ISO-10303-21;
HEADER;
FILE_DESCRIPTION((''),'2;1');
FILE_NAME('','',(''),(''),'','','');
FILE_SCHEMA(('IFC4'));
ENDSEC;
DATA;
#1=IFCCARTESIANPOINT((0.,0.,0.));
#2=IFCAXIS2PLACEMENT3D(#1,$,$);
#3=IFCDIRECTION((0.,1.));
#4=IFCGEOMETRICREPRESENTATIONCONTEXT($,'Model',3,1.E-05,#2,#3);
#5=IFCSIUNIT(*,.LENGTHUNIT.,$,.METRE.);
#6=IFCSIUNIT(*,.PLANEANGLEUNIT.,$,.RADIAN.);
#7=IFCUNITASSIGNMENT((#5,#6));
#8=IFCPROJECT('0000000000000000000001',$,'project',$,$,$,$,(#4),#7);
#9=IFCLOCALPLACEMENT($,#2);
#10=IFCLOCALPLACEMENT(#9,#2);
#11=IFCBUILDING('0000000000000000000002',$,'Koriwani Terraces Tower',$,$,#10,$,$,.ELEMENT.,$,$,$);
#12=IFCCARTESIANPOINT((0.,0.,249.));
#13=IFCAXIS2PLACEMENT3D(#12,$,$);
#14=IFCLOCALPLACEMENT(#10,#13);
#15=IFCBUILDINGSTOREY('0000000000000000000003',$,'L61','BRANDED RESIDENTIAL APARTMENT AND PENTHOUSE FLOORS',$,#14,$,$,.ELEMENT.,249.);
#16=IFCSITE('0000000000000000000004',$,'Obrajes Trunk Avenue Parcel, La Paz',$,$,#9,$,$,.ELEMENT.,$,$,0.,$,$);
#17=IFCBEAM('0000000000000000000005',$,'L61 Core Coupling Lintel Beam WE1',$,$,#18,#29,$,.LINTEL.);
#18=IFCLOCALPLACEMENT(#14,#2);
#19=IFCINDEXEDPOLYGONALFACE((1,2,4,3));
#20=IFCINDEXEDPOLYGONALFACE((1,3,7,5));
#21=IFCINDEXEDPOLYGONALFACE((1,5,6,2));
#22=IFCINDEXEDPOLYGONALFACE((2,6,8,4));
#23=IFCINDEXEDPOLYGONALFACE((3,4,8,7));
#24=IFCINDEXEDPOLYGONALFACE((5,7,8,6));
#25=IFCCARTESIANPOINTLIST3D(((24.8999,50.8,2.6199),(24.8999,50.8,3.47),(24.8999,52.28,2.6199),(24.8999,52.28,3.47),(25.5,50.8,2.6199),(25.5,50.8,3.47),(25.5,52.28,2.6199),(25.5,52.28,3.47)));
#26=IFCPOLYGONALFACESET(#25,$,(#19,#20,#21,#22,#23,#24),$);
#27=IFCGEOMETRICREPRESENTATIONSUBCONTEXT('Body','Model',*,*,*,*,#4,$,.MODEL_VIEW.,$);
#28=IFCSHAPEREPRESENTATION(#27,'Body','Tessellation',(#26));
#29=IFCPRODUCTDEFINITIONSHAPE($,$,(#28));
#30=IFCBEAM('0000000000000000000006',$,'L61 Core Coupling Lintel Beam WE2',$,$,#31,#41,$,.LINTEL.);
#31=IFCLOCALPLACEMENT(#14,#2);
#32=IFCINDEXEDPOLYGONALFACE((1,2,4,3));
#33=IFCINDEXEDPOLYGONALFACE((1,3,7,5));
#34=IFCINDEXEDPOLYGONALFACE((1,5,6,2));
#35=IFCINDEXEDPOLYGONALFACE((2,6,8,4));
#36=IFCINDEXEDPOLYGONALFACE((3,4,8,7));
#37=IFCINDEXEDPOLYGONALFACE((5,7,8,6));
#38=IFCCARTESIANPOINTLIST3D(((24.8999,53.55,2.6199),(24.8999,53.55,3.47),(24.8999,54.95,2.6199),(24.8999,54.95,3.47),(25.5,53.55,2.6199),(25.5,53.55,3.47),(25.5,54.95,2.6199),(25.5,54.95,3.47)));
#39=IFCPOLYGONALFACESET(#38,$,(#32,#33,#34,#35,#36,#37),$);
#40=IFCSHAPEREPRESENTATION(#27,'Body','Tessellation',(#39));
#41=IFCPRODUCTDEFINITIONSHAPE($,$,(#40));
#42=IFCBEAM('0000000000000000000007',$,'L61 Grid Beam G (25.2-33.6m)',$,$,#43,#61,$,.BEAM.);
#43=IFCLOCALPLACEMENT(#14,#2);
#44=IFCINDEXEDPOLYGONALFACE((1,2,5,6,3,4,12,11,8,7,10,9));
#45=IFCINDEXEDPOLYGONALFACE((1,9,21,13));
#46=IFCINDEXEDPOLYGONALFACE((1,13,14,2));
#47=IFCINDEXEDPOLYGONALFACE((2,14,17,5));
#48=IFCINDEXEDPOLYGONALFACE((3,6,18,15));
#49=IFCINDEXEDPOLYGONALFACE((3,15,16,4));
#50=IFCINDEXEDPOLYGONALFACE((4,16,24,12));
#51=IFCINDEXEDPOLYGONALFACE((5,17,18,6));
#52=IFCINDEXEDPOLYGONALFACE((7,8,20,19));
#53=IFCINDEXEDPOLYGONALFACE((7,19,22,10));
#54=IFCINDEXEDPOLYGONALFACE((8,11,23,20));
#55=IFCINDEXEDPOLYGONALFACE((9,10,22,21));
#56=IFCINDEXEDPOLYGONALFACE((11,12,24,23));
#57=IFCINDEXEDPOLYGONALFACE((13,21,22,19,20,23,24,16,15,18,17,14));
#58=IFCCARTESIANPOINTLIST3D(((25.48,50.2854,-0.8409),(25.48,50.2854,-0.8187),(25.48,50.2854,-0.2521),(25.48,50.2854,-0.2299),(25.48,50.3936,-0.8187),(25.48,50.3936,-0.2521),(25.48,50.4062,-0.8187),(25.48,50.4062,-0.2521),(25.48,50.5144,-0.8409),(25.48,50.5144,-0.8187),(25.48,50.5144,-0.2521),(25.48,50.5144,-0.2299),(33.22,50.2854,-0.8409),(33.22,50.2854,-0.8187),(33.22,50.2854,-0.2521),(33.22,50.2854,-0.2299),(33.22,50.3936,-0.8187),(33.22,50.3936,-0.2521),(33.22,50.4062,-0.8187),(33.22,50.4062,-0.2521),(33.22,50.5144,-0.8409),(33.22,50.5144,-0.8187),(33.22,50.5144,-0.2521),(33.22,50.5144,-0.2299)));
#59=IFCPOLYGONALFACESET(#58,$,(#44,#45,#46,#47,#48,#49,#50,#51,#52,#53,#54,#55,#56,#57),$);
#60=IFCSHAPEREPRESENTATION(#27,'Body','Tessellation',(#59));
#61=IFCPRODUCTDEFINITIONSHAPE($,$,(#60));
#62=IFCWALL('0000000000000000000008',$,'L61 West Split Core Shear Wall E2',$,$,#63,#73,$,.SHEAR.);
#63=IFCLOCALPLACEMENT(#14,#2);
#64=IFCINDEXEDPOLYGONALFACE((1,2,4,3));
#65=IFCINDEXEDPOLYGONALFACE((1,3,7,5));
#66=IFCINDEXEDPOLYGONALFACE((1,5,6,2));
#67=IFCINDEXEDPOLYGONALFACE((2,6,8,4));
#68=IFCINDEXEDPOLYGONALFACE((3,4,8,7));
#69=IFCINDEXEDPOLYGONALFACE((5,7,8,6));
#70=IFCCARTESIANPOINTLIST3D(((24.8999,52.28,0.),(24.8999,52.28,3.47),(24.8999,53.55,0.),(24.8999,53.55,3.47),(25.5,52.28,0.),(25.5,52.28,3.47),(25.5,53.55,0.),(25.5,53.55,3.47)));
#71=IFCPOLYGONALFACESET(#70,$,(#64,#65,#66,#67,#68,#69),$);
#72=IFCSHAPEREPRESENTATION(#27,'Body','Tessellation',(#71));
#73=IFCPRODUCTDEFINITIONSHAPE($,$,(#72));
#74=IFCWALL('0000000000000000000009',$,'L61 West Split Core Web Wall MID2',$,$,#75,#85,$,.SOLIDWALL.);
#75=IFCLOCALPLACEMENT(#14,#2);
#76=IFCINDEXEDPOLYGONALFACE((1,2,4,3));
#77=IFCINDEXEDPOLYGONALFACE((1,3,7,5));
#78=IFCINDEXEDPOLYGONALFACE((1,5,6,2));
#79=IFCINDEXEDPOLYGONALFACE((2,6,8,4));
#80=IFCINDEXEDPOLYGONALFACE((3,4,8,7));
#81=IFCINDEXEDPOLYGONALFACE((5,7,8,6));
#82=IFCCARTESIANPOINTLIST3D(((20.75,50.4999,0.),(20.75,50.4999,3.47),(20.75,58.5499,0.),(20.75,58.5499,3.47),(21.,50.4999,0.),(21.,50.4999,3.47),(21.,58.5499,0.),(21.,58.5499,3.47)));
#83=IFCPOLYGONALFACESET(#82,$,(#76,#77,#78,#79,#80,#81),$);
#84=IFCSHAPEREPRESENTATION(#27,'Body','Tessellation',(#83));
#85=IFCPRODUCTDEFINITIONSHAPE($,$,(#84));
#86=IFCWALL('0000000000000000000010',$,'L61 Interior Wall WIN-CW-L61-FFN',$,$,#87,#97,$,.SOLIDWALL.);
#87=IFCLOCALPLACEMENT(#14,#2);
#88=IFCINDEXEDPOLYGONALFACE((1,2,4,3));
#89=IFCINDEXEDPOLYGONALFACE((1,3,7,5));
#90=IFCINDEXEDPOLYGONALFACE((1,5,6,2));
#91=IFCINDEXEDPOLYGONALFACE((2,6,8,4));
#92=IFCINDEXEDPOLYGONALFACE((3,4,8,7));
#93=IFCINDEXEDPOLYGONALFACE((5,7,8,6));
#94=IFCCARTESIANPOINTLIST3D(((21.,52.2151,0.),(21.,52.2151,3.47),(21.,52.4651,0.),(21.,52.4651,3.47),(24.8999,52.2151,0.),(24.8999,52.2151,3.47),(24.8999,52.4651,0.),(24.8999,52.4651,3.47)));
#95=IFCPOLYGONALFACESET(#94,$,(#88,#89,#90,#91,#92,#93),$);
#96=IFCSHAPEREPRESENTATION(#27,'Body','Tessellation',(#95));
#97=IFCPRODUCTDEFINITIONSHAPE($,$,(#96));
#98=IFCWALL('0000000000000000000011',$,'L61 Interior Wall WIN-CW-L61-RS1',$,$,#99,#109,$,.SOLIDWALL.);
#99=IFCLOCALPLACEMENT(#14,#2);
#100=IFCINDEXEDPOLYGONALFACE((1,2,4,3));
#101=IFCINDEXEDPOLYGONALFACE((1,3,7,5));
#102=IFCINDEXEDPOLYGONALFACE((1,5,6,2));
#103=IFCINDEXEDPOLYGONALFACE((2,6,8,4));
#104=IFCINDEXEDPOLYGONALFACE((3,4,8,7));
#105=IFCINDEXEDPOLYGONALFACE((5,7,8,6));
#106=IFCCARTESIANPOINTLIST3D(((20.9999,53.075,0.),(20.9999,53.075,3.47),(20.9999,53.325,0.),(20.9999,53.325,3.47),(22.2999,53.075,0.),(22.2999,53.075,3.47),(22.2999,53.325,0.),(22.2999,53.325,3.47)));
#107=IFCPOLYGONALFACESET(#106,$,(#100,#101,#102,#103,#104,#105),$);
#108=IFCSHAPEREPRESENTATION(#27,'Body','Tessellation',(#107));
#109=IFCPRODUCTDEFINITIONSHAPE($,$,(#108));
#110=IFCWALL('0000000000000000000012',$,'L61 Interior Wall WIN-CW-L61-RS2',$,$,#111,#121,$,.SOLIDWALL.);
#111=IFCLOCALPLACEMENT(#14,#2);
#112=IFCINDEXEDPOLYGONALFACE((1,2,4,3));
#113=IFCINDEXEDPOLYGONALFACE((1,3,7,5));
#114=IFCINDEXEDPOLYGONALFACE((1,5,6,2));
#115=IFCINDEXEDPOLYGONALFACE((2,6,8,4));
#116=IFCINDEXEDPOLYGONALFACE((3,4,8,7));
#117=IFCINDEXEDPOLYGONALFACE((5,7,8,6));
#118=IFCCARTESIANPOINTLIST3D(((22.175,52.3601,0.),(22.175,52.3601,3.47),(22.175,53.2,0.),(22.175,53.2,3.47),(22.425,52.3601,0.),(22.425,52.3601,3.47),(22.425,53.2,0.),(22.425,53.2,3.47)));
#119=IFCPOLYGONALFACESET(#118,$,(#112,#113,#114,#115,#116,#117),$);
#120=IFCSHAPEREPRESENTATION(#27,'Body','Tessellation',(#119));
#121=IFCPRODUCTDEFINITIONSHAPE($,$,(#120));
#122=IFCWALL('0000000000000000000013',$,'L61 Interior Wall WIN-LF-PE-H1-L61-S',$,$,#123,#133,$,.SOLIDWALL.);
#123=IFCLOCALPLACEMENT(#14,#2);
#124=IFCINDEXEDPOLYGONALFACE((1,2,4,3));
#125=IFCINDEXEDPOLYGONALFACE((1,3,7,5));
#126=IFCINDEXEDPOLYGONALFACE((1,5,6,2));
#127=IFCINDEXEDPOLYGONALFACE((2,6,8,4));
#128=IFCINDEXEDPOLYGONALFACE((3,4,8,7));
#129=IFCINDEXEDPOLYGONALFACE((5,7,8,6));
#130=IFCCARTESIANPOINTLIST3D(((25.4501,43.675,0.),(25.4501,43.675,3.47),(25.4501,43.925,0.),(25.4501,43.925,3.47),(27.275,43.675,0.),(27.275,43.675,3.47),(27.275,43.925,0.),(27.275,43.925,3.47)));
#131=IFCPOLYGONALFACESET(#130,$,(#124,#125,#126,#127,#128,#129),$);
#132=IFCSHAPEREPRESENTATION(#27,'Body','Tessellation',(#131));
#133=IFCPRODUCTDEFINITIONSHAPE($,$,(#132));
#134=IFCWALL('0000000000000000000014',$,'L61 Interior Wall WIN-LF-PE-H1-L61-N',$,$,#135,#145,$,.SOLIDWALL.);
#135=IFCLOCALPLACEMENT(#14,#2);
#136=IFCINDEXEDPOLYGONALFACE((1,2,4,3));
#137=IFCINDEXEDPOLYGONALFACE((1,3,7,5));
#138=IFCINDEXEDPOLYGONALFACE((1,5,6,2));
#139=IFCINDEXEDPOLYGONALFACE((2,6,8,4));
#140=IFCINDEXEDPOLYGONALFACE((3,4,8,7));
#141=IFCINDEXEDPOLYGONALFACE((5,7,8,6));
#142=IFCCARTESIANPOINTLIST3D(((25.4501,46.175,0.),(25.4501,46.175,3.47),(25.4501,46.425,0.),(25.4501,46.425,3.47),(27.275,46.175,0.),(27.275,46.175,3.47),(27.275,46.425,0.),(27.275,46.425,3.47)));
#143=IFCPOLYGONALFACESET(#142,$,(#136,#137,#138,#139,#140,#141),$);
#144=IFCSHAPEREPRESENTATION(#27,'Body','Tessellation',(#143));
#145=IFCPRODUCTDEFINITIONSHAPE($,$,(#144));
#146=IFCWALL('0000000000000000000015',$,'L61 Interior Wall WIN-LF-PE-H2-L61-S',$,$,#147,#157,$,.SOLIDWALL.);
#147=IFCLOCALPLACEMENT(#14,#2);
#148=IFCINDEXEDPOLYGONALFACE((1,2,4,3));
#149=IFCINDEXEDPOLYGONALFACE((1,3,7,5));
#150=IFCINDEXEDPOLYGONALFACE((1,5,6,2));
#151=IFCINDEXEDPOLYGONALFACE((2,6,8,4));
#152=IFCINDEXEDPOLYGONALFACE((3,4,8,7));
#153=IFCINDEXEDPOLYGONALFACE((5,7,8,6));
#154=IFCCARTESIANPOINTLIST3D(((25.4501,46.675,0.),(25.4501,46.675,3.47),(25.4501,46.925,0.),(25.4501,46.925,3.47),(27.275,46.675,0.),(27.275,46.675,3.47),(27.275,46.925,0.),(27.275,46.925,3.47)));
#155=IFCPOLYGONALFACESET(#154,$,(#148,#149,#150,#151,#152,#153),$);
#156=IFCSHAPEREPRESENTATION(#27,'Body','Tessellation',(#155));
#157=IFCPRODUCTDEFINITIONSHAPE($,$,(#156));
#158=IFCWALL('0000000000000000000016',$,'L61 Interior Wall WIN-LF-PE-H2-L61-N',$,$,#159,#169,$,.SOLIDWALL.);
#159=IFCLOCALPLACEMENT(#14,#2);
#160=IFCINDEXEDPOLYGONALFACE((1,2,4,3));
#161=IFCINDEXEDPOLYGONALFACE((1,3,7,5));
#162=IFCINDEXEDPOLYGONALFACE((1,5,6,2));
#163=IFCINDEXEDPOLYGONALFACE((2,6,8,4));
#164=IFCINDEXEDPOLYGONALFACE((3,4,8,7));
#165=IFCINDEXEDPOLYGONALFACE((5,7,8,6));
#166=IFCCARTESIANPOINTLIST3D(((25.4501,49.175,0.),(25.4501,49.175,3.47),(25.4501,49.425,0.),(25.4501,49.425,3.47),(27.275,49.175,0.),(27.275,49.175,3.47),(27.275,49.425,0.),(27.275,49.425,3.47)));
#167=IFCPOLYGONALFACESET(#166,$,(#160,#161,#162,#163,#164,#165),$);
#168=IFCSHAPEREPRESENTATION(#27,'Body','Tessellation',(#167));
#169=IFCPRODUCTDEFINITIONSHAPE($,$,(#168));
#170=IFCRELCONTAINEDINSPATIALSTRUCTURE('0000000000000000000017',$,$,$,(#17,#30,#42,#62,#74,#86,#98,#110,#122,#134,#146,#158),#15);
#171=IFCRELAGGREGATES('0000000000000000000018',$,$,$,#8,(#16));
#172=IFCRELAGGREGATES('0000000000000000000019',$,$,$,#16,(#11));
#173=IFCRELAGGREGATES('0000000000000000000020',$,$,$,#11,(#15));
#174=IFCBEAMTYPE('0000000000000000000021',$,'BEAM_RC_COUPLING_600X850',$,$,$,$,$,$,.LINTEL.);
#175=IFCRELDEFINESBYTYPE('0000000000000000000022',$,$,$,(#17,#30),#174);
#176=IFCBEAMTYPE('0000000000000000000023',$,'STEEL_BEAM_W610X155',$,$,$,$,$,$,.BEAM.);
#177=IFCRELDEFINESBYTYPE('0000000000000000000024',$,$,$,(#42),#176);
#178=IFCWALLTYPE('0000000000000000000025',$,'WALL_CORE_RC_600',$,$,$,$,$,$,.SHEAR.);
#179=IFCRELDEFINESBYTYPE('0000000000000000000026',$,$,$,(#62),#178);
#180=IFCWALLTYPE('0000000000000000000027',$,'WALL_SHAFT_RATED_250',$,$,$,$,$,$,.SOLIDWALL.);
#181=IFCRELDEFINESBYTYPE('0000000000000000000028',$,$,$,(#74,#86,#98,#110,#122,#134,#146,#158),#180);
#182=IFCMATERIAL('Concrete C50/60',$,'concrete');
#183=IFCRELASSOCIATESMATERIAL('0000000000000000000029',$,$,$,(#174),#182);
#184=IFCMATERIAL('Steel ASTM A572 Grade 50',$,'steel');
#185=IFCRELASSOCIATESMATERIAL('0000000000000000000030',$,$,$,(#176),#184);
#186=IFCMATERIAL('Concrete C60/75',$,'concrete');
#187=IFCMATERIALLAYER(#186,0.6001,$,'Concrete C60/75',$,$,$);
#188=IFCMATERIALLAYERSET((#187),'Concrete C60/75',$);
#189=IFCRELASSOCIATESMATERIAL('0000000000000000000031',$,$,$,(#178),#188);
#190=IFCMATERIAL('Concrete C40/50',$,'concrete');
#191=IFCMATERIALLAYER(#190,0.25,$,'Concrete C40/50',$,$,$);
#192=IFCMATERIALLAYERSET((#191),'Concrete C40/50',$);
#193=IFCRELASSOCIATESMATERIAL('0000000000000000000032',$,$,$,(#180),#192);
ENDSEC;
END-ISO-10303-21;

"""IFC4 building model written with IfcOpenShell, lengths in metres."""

from ifc_helpers import new_model, si_unit, direction, frame, frame_2d, origin, origin_2d, place, context, subcontext, project, spatial, rectangle, i_section, extrude, material, layer, layer_set, material_profile, profile_set, type_object, element, save


model = new_model("IFC4")

# Units and contexts
model_context = context("Model", 3, precision=1e-05, world=origin(), true_north=direction((0.0, 1.0)))
body_context = subcontext(model_context, "Body", "Model", "MODEL_VIEW")
ifc_project = project(units=[si_unit("LENGTHUNIT", "METRE"), si_unit("PLANEANGLEUNIT", "RADIAN")], contexts=[model_context])

# Site, building, storey
site_placement = place(None, origin())
site = spatial("IfcSite", under=ifc_project, at=site_placement, Name="Obrajes Trunk Avenue Parcel, La Paz", CompositionType="ELEMENT", RefElevation=0.0)
building_placement = place(site_placement, origin())
building = spatial("IfcBuilding", under=site, at=building_placement, Name="Koriwani Terraces Tower", CompositionType="ELEMENT")
storey_placement = place(building_placement, frame((0.0, 0.0, 249.0)))
storey = spatial("IfcBuildingStorey", under=building, at=storey_placement, Name="L61", Description="BRANDED RESIDENTIAL APARTMENT AND PENTHOUSE FLOORS", CompositionType="ELEMENT", Elevation=249.0)

# Beams
ifc_material_1 = material(Name="Concrete C50/60", Category="concrete")
ifc_material_profile_1 = material_profile(ifc_material_1, rectangle(XDim=0.6001, YDim=0.8501, at=origin_2d()), Name="Concrete C50/60", Category="LoadBearing")
ifc_profile_set_1 = profile_set([ifc_material_profile_1], Name="Concrete C50/60")
beam_type_1 = type_object("IfcBeamType", Name="BEAM_RC_COUPLING_600X850", PredefinedType="LINTEL", material=ifc_profile_set_1)
beam_1_placement = place(storey_placement, frame((25.2, 50.8, 3.0449), z_axis=(0.0, 1.0, 0.0), x_axis=(-1.0, 0.0, 0.0)))
element("IfcBeam", 1, at=beam_1_placement, inside=storey, type_object=beam_type_1, Name="L61 Core Coupling Lintel Beam WE1", PredefinedType="LINTEL", context=body_context, shape_type="SweptSolid", body=[
    extrude(rectangle(XDim=0.6001, YDim=0.8501, at=origin_2d()), origin(), (0.0, 0.0, 1.0), 1.48),
])
beam_2_placement = place(storey_placement, frame((25.2, 53.55, 3.0449), z_axis=(0.0, 1.0, 0.0), x_axis=(-1.0, 0.0, 0.0)))
element("IfcBeam", 2, at=beam_2_placement, inside=storey, type_object=beam_type_1, Name="L61 Core Coupling Lintel Beam WE2", PredefinedType="LINTEL", context=body_context, shape_type="SweptSolid", body=[
    extrude(rectangle(XDim=0.6001, YDim=0.8501, at=origin_2d()), origin(), (0.0, 0.0, 1.0), 1.3999),
])
ifc_material_2 = material(Name="Steel ASTM A572 Grade 50", Category="steel")
ifc_material_profile_2 = material_profile(ifc_material_2, i_section(OverallWidth=0.229, OverallDepth=0.6111, WebThickness=0.0127, FlangeThickness=0.0222, at=origin_2d()), Name="Steel ASTM A572 Grade 50", Category="LoadBearing")
ifc_profile_set_2 = profile_set([ifc_material_profile_2], Name="Steel ASTM A572 Grade 50")
beam_type_2 = type_object("IfcBeamType", Name="STEEL_BEAM_W610X155", PredefinedType="BEAM", material=ifc_profile_set_2)
beam_3_placement = place(storey_placement, frame((25.48, 50.3999, -0.5354), z_axis=(1.0, 0.0, 0.0), x_axis=(0.0, 1.0, 0.0)))
element("IfcBeam", 3, at=beam_3_placement, inside=storey, type_object=beam_type_2, Name="L61 Grid Beam G (25.2-33.6m)", PredefinedType="BEAM", context=body_context, shape_type="SweptSolid", body=[
    extrude(i_section(OverallWidth=0.229, OverallDepth=0.6111, WebThickness=0.0127, FlangeThickness=0.0222, at=origin_2d()), origin(), (0.0, 0.0, 1.0), 7.74),
])

# Walls
ifc_material_3 = material(Name="Concrete C60/75", Category="concrete")
ifc_layer_1 = layer(ifc_material_3, 0.6001, Name="Concrete C60/75")
ifc_layer_set_1 = layer_set([ifc_layer_1], Name="Concrete C60/75")
wall_type_1 = type_object("IfcWallType", Name="WALL_CORE_RC_600", PredefinedType="SHEAR", material=ifc_layer_set_1)
wall_1_placement = place(storey_placement, frame((25.2, 52.28, 0.0), z_axis=(0.0, 0.0, 1.0), x_axis=(0.0, 1.0, 0.0)))
element("IfcWall", 4, at=wall_1_placement, inside=storey, type_object=wall_type_1, Name="L61 West Split Core Shear Wall E2", PredefinedType="SHEAR", context=body_context, shape_type="SweptSolid", body=[
    extrude(rectangle(XDim=1.27, YDim=0.6001, at=frame_2d((0.635, 0.0))), origin(), (0.0, 0.0, 1.0), 3.47),
])
ifc_material_4 = material(Name="Concrete C40/50", Category="concrete")
ifc_layer_2 = layer(ifc_material_4, 0.25, Name="Concrete C40/50")
ifc_layer_set_2 = layer_set([ifc_layer_2], Name="Concrete C40/50")
wall_type_2 = type_object("IfcWallType", Name="WALL_SHAFT_RATED_250", PredefinedType="SOLIDWALL", material=ifc_layer_set_2)
wall_2_placement = place(storey_placement, frame((20.875, 50.5, 0.0), z_axis=(0.0, 0.0, 1.0), x_axis=(0.0, 1.0, 0.0)))
element("IfcWall", 5, at=wall_2_placement, inside=storey, type_object=wall_type_2, Name="L61 West Split Core Web Wall MID2", PredefinedType="SOLIDWALL", context=body_context, shape_type="SweptSolid", body=[
    extrude(rectangle(XDim=8.05, YDim=0.25, at=frame_2d((4.0249, 0.0))), origin(), (0.0, 0.0, 1.0), 3.47),
])

# Wall
wall_3_placement = place(storey_placement, frame((21.0, 52.3401, 0.0), z_axis=(0.0, 0.0, 1.0), x_axis=(1.0, 0.0, 0.0)))
element("IfcWall", 6, at=wall_3_placement, inside=storey, type_object=wall_type_2, Name="L61 Interior Wall WIN-CW-L61-FFN", PredefinedType="SOLIDWALL", context=body_context, shape_type="SweptSolid", body=[
    extrude(rectangle(XDim=3.8999, YDim=0.25, at=frame_2d((1.95, 0.0))), origin(), (0.0, 0.0, 1.0), 3.47),
])

# Walls
wall_4_placement = place(storey_placement, frame((21.0, 53.2, 0.0), z_axis=(0.0, 0.0, 1.0), x_axis=(1.0, 0.0, 0.0)))
element("IfcWall", 7, at=wall_4_placement, inside=storey, type_object=wall_type_2, Name="L61 Interior Wall WIN-CW-L61-RS1", PredefinedType="SOLIDWALL", context=body_context, shape_type="SweptSolid", body=[
    extrude(rectangle(XDim=1.3, YDim=0.25, at=frame_2d((0.6499, 0.0))), origin(), (0.0, 0.0, 1.0), 3.47),
])
wall_5_placement = place(storey_placement, frame((22.3, 52.3601, 0.0), z_axis=(0.0, 0.0, 1.0), x_axis=(0.0, 1.0, 0.0)))
element("IfcWall", 8, at=wall_5_placement, inside=storey, type_object=wall_type_2, Name="L61 Interior Wall WIN-CW-L61-RS2", PredefinedType="SOLIDWALL", context=body_context, shape_type="SweptSolid", body=[
    extrude(rectangle(XDim=0.8398, YDim=0.25, at=frame_2d((0.4199, 0.0))), origin(), (0.0, 0.0, 1.0), 3.47),
])
for number, where, z_axis, x_axis, name in (
    (9, (25.45, 43.8, 0.0), (0.0, 0.0, 1.0), (1.0, 0.0, 0.0), "L61 Interior Wall WIN-LF-PE-H1-L61-S"),
    (10, (25.45, 46.3, 0.0), (0.0, 0.0, 1.0), (1.0, 0.0, 0.0), "L61 Interior Wall WIN-LF-PE-H1-L61-N"),
    (11, (25.45, 46.8, 0.0), (0.0, 0.0, 1.0), (1.0, 0.0, 0.0), "L61 Interior Wall WIN-LF-PE-H2-L61-S"),
    (12, (25.45, 49.3, 0.0), (0.0, 0.0, 1.0), (1.0, 0.0, 0.0), "L61 Interior Wall WIN-LF-PE-H2-L61-N"),
):
    element("IfcWall", number, at=place(storey_placement, frame(where, z_axis=z_axis, x_axis=x_axis)), inside=storey, type_object=wall_type_2, Name=name, PredefinedType="SOLIDWALL", context=body_context, shape_type="SweptSolid", body=[
        extrude(rectangle(XDim=1.825, YDim=0.25, at=frame_2d((0.9126, 0.0))), origin(), (0.0, 0.0, 1.0), 3.47),
    ])

save(model, "model.ifc")
